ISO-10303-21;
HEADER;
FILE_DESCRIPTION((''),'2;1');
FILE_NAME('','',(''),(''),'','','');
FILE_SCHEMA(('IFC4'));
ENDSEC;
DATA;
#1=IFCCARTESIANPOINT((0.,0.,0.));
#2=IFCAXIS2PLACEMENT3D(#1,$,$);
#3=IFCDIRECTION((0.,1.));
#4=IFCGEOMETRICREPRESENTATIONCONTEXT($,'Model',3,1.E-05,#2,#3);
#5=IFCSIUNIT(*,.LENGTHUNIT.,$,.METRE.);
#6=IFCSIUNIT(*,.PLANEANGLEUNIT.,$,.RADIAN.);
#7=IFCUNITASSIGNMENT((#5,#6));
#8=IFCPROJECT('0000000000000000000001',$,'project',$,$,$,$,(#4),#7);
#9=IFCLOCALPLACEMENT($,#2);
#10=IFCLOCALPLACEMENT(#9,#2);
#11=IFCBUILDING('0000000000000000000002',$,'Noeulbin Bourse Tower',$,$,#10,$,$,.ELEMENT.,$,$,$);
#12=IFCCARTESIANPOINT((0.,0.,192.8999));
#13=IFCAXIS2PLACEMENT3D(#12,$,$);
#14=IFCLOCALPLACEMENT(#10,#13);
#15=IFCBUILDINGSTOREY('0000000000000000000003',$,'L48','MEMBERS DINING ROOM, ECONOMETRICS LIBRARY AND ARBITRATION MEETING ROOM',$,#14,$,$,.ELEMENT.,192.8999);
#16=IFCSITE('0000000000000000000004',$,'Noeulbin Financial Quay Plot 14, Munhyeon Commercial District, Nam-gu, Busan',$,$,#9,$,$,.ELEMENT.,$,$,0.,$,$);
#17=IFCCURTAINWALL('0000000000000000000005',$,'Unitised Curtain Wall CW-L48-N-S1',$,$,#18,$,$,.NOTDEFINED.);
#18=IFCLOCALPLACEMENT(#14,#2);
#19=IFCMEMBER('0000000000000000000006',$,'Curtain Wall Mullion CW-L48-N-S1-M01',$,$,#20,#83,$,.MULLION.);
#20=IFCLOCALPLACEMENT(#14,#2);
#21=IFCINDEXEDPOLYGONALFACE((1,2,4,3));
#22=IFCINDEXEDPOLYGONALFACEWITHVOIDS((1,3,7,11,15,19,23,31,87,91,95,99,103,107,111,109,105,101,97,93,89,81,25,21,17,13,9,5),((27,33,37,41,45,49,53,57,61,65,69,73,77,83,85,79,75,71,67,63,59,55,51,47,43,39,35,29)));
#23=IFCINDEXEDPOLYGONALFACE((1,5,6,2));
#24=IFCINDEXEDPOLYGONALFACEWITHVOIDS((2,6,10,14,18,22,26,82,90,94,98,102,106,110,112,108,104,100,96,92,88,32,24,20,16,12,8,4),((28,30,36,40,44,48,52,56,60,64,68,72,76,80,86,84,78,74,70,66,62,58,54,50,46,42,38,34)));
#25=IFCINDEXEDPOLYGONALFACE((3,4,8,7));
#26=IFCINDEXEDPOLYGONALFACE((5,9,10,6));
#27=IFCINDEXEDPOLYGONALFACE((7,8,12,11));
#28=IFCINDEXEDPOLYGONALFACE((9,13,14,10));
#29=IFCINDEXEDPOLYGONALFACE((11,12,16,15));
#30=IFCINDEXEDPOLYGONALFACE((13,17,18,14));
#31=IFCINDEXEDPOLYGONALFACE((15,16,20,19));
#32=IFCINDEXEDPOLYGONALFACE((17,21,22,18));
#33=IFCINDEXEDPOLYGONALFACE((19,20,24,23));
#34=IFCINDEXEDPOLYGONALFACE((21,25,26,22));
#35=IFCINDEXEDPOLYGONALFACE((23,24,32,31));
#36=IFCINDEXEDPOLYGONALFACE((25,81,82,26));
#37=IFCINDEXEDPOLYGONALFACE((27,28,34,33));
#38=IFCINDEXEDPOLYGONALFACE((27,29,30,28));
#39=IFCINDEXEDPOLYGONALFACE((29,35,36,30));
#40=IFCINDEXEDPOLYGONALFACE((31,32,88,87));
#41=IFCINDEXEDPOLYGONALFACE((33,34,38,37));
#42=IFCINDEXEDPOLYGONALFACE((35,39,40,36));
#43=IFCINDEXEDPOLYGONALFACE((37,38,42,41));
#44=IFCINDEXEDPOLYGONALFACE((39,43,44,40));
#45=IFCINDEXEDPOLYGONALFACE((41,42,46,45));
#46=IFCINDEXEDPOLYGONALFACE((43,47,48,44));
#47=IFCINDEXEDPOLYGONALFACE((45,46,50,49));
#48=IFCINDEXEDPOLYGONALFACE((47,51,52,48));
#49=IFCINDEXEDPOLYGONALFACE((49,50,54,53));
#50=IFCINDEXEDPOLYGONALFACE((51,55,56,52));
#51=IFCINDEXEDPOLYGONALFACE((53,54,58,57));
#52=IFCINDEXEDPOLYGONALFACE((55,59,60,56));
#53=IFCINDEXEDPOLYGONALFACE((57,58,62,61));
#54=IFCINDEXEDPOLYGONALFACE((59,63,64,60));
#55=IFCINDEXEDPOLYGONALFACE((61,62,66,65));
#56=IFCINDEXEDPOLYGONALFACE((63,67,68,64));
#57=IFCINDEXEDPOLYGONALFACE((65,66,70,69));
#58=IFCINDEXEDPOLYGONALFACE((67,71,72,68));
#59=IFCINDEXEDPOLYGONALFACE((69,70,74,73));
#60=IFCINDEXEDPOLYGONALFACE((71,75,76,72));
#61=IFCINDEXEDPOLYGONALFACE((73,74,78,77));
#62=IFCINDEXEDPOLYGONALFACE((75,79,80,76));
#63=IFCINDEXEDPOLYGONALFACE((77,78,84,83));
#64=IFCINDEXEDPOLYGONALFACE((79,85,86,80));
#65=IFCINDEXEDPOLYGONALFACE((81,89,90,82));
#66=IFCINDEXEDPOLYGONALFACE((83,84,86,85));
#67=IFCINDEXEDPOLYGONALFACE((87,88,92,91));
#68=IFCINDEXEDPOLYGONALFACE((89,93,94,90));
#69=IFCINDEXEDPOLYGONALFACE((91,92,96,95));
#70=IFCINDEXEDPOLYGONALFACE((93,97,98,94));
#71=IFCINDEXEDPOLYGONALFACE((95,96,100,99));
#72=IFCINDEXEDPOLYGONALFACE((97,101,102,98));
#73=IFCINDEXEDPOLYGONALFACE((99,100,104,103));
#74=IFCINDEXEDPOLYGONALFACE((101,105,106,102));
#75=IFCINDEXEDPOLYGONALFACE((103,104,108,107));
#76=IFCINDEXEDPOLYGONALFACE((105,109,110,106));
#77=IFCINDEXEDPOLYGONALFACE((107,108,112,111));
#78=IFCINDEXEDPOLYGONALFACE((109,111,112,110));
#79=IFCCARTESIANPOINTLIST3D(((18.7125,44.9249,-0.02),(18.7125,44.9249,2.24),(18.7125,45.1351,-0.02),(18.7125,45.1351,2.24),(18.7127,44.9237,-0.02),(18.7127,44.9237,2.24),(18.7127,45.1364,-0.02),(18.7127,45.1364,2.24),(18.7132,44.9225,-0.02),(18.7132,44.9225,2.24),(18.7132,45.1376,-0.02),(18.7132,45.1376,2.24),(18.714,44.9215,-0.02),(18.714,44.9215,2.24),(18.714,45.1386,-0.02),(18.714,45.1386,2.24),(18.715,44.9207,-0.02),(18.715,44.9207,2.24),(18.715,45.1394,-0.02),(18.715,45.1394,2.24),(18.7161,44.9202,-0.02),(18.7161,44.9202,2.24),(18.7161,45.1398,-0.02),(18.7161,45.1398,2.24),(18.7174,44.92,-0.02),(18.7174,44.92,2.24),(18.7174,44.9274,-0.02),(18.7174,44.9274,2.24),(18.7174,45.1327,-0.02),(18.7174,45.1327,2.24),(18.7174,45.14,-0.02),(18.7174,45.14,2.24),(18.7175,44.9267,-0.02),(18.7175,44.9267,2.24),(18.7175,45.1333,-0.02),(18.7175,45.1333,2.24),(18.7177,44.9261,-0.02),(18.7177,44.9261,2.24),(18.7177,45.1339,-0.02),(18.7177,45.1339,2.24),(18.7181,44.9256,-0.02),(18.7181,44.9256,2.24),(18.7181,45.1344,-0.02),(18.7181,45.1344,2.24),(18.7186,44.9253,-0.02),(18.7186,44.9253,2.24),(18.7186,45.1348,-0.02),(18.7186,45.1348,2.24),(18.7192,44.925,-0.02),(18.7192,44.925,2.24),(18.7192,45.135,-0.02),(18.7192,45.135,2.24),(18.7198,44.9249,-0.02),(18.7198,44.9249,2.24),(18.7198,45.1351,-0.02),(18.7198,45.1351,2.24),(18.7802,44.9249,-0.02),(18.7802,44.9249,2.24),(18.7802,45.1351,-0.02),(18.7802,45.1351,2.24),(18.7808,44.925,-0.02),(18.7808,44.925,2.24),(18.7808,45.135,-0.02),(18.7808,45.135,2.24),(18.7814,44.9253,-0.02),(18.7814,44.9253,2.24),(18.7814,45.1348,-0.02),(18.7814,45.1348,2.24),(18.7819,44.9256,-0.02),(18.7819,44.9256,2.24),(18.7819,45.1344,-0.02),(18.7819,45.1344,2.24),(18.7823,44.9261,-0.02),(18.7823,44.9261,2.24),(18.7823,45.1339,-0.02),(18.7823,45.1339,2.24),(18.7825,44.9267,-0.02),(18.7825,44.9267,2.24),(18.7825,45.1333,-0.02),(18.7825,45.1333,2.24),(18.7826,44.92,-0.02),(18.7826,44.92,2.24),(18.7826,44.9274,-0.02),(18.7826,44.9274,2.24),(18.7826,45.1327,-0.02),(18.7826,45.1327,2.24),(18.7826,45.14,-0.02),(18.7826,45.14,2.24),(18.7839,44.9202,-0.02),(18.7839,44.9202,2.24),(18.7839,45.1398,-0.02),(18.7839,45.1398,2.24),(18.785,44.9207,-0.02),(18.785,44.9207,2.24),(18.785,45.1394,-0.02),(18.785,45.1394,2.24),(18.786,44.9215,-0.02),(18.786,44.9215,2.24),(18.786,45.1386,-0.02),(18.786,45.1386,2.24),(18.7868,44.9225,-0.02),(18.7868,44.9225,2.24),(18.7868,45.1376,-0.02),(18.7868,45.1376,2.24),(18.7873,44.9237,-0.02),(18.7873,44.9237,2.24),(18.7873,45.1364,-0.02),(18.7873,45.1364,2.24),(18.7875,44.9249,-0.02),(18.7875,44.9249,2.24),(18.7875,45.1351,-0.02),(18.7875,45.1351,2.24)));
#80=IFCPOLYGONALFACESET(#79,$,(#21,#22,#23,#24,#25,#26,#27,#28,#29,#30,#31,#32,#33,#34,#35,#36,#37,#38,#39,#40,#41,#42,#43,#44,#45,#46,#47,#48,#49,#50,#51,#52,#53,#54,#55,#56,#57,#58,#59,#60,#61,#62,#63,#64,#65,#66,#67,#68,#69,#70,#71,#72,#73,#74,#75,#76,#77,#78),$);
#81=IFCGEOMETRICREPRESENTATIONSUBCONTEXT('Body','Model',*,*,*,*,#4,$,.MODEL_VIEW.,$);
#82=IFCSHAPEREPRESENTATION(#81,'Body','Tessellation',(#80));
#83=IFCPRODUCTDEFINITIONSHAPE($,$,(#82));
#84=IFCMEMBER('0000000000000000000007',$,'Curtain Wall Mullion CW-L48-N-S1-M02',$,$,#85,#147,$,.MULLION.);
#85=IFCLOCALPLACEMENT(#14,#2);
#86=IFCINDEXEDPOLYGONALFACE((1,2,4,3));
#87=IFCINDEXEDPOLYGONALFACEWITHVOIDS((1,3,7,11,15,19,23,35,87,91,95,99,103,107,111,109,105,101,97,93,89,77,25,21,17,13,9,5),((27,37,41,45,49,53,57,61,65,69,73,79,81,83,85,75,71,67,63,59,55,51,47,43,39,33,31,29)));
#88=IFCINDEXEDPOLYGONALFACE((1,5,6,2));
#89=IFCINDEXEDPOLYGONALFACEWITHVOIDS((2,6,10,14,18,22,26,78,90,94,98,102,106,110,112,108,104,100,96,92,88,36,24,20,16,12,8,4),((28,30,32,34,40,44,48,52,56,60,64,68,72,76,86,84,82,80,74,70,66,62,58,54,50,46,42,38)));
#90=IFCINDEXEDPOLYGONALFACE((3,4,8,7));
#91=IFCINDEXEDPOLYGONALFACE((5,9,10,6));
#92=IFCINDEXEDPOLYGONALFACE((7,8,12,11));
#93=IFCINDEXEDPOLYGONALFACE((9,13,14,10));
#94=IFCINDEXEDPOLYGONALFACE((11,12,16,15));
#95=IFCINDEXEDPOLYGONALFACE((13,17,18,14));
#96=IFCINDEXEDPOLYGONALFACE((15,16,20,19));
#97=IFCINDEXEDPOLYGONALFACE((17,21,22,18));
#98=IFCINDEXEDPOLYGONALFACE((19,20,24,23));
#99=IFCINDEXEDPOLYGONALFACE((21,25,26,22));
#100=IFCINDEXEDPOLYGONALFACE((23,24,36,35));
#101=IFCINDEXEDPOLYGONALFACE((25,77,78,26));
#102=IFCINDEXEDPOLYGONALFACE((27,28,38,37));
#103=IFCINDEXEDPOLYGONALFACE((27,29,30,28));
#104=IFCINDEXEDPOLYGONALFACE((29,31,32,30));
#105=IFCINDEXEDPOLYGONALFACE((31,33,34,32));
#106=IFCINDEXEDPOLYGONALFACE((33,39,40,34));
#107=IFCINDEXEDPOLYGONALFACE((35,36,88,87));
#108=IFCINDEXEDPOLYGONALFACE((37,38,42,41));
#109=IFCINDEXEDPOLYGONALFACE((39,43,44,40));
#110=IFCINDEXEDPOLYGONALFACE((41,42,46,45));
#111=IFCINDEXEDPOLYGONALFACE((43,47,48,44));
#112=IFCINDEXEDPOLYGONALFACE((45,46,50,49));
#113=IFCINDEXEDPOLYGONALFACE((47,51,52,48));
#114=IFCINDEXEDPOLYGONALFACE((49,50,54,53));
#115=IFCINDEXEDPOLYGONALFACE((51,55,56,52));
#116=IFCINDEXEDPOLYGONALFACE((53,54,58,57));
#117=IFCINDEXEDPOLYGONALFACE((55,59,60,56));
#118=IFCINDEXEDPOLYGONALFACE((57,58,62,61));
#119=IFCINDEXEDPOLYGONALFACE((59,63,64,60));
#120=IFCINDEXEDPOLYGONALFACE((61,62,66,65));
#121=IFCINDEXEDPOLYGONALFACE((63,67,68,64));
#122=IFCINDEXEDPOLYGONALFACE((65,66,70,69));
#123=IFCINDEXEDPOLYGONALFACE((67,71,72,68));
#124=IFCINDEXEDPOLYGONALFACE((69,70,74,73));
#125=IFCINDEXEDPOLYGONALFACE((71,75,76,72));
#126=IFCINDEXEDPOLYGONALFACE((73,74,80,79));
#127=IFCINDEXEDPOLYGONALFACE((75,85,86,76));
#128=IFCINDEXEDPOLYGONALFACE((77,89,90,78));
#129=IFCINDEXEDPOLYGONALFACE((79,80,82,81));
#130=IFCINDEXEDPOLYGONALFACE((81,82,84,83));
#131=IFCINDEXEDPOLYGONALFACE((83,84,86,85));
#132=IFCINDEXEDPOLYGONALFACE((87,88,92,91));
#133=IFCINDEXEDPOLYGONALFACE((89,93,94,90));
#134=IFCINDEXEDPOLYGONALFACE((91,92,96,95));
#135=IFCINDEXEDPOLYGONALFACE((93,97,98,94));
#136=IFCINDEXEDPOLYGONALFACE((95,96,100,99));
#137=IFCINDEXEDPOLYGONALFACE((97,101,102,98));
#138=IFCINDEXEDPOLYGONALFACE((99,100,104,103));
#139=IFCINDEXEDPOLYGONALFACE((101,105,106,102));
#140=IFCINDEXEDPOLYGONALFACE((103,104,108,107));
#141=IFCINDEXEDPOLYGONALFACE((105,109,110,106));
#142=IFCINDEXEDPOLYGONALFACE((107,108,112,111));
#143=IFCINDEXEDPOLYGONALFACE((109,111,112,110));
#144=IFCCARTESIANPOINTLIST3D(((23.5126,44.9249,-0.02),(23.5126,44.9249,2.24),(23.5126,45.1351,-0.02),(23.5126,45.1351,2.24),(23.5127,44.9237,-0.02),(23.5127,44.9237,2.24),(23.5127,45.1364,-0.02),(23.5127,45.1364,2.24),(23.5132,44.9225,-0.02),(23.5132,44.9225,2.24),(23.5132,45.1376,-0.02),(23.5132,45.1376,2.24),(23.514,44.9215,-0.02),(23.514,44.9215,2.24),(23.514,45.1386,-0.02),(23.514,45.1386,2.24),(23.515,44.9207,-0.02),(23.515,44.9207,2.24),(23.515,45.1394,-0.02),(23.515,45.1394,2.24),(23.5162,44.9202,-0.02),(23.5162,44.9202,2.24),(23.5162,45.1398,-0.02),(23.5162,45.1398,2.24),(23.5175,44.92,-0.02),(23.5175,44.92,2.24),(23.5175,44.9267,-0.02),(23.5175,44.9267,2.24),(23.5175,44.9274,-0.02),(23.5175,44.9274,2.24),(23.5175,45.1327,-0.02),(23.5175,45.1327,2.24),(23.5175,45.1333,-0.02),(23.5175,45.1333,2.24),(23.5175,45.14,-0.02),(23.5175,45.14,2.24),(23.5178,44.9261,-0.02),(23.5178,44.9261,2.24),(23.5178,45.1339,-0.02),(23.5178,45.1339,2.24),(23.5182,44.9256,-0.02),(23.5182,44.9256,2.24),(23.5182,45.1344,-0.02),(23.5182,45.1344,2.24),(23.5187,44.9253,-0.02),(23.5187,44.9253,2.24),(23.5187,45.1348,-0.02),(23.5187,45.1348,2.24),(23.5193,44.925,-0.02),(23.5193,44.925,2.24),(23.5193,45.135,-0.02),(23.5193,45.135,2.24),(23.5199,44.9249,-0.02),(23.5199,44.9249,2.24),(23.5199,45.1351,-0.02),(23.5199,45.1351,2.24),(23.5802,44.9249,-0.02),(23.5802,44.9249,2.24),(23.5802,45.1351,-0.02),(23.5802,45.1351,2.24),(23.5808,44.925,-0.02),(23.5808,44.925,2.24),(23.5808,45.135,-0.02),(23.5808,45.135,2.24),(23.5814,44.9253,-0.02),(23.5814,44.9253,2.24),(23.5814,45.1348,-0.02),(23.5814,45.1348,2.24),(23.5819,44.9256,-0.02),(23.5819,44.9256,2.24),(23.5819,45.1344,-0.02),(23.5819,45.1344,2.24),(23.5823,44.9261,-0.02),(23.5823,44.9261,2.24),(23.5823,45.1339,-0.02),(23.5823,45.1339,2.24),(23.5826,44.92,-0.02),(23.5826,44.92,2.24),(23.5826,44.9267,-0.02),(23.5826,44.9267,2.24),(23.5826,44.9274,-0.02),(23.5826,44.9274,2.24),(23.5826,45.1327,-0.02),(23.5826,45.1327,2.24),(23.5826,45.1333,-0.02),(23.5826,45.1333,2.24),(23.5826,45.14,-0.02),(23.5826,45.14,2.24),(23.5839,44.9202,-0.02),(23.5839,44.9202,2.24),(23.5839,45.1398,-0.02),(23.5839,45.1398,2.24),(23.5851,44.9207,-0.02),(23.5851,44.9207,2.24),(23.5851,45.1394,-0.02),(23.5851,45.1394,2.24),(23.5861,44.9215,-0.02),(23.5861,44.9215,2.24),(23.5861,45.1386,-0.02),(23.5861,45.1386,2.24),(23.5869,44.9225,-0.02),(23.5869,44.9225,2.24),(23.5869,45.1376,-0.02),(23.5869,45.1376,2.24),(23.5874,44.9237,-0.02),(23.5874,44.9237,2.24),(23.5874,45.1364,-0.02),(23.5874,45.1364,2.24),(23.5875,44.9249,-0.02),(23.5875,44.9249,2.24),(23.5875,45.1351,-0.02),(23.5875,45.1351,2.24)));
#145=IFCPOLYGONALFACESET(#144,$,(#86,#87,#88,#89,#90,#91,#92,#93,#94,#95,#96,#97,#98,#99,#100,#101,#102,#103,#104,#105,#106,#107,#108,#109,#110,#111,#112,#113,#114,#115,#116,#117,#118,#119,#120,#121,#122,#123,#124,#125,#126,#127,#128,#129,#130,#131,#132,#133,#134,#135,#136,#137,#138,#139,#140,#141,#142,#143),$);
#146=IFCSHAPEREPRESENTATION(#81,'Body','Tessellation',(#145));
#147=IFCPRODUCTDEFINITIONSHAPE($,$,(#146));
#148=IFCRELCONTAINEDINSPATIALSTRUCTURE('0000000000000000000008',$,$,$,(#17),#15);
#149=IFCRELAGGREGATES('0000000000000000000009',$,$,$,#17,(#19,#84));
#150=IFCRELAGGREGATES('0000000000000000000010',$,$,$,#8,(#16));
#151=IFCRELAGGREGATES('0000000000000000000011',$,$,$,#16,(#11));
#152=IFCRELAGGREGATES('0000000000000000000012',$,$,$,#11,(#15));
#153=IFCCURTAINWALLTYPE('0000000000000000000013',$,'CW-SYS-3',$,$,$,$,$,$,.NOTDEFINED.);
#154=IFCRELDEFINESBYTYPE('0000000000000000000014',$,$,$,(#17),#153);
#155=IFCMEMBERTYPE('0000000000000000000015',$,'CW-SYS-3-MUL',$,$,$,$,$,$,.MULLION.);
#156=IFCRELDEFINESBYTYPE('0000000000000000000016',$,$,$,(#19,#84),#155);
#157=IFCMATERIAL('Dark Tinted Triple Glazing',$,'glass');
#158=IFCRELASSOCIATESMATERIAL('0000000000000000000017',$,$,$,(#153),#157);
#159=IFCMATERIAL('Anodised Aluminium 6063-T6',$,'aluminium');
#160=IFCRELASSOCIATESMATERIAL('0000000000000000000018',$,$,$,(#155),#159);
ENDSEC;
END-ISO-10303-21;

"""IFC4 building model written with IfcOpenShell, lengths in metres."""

from ifc_helpers import new_model, si_unit, direction, frame, origin, origin_2d, place, context, subcontext, project, spatial, hollow_rectangle, extrude, material, material_profile, profile_set, type_object, element, aggregate, save


model = new_model("IFC4")

# Units and contexts
model_context = context("Model", 3, precision=1e-05, world=origin(), true_north=direction((0.0, 1.0)))
body_context = subcontext(model_context, "Body", "Model", "MODEL_VIEW")
ifc_project = project(units=[si_unit("LENGTHUNIT", "METRE"), si_unit("PLANEANGLEUNIT", "RADIAN")], contexts=[model_context])

# Site, building, storey
site_placement = place(None, origin())
site = spatial("IfcSite", under=ifc_project, at=site_placement, Name="Noeulbin Financial Quay Plot 14, Munhyeon Commercial District, Nam-gu, Busan", CompositionType="ELEMENT", RefElevation=0.0)
building_placement = place(site_placement, origin())
building = spatial("IfcBuilding", under=site, at=building_placement, Name="Noeulbin Bourse Tower", CompositionType="ELEMENT")
storey_placement = place(building_placement, frame((0.0, 0.0, 192.8999)))
storey = spatial("IfcBuildingStorey", under=building, at=storey_placement, Name="L48", Description="MEMBERS DINING ROOM, ECONOMETRICS LIBRARY AND ARBITRATION MEETING ROOM", CompositionType="ELEMENT", Elevation=192.8999)

# Curtain wall, members
ifc_material_1 = material(Name="Dark Tinted Triple Glazing", Category="glass")
curtain_wall_type = type_object("IfcCurtainWallType", Name="CW-SYS-3", PredefinedType="NOTDEFINED", material=ifc_material_1)
curtain_wall_1_placement = place(storey_placement, origin())
curtain_wall_1 = element("IfcCurtainWall", 1, at=curtain_wall_1_placement, inside=storey, type_object=curtain_wall_type, Name="Unitised Curtain Wall CW-L48-N-S1", PredefinedType="NOTDEFINED")
ifc_material_2 = material(Name="Anodised Aluminium 6063-T6", Category="aluminium")
ifc_material_profile_1 = material_profile(ifc_material_2, hollow_rectangle(XDim=0.075, YDim=0.22, WallThickness=0.0049, InnerFilletRadius=0.0024, OuterFilletRadius=0.0049, at=origin_2d()), Name="ALU-MULL-75x220x5", Category="LoadBearing")
ifc_profile_set_1 = profile_set([ifc_material_profile_1], Name="Anodised Aluminium 6063-T6")
member_type_1 = type_object("IfcMemberType", Name="CW-SYS-3-MUL", PredefinedType="MULLION", material=ifc_profile_set_1)
member_1_placement = place(storey_placement, frame((18.75, 45.03, -0.02), z_axis=(0.0, 0.0, 1.0), x_axis=(1.0, 0.0, 0.0)))
member_1 = element("IfcMember", 2, at=member_1_placement, type_object=member_type_1, Name="Curtain Wall Mullion CW-L48-N-S1-M01", PredefinedType="MULLION", context=body_context, shape_type="SweptSolid", body=[
    extrude(hollow_rectangle(XDim=0.075, YDim=0.22, WallThickness=0.0049, InnerFilletRadius=0.0024, OuterFilletRadius=0.0049, at=origin_2d()), origin(), (0.0, 0.0, 1.0), 2.26),
])
member_2_placement = place(storey_placement, frame((23.55, 45.03, -0.02), z_axis=(0.0, 0.0, 1.0), x_axis=(1.0, 0.0, 0.0)))
member_2 = element("IfcMember", 3, at=member_2_placement, type_object=member_type_1, Name="Curtain Wall Mullion CW-L48-N-S1-M02", PredefinedType="MULLION", context=body_context, shape_type="SweptSolid", body=[
    extrude(hollow_rectangle(XDim=0.075, YDim=0.22, WallThickness=0.0049, InnerFilletRadius=0.0024, OuterFilletRadius=0.0049, at=origin_2d()), origin(), (0.0, 0.0, 1.0), 2.26),
])

aggregate(curtain_wall_1, [member_1, member_2])

save(model, "model.ifc")
